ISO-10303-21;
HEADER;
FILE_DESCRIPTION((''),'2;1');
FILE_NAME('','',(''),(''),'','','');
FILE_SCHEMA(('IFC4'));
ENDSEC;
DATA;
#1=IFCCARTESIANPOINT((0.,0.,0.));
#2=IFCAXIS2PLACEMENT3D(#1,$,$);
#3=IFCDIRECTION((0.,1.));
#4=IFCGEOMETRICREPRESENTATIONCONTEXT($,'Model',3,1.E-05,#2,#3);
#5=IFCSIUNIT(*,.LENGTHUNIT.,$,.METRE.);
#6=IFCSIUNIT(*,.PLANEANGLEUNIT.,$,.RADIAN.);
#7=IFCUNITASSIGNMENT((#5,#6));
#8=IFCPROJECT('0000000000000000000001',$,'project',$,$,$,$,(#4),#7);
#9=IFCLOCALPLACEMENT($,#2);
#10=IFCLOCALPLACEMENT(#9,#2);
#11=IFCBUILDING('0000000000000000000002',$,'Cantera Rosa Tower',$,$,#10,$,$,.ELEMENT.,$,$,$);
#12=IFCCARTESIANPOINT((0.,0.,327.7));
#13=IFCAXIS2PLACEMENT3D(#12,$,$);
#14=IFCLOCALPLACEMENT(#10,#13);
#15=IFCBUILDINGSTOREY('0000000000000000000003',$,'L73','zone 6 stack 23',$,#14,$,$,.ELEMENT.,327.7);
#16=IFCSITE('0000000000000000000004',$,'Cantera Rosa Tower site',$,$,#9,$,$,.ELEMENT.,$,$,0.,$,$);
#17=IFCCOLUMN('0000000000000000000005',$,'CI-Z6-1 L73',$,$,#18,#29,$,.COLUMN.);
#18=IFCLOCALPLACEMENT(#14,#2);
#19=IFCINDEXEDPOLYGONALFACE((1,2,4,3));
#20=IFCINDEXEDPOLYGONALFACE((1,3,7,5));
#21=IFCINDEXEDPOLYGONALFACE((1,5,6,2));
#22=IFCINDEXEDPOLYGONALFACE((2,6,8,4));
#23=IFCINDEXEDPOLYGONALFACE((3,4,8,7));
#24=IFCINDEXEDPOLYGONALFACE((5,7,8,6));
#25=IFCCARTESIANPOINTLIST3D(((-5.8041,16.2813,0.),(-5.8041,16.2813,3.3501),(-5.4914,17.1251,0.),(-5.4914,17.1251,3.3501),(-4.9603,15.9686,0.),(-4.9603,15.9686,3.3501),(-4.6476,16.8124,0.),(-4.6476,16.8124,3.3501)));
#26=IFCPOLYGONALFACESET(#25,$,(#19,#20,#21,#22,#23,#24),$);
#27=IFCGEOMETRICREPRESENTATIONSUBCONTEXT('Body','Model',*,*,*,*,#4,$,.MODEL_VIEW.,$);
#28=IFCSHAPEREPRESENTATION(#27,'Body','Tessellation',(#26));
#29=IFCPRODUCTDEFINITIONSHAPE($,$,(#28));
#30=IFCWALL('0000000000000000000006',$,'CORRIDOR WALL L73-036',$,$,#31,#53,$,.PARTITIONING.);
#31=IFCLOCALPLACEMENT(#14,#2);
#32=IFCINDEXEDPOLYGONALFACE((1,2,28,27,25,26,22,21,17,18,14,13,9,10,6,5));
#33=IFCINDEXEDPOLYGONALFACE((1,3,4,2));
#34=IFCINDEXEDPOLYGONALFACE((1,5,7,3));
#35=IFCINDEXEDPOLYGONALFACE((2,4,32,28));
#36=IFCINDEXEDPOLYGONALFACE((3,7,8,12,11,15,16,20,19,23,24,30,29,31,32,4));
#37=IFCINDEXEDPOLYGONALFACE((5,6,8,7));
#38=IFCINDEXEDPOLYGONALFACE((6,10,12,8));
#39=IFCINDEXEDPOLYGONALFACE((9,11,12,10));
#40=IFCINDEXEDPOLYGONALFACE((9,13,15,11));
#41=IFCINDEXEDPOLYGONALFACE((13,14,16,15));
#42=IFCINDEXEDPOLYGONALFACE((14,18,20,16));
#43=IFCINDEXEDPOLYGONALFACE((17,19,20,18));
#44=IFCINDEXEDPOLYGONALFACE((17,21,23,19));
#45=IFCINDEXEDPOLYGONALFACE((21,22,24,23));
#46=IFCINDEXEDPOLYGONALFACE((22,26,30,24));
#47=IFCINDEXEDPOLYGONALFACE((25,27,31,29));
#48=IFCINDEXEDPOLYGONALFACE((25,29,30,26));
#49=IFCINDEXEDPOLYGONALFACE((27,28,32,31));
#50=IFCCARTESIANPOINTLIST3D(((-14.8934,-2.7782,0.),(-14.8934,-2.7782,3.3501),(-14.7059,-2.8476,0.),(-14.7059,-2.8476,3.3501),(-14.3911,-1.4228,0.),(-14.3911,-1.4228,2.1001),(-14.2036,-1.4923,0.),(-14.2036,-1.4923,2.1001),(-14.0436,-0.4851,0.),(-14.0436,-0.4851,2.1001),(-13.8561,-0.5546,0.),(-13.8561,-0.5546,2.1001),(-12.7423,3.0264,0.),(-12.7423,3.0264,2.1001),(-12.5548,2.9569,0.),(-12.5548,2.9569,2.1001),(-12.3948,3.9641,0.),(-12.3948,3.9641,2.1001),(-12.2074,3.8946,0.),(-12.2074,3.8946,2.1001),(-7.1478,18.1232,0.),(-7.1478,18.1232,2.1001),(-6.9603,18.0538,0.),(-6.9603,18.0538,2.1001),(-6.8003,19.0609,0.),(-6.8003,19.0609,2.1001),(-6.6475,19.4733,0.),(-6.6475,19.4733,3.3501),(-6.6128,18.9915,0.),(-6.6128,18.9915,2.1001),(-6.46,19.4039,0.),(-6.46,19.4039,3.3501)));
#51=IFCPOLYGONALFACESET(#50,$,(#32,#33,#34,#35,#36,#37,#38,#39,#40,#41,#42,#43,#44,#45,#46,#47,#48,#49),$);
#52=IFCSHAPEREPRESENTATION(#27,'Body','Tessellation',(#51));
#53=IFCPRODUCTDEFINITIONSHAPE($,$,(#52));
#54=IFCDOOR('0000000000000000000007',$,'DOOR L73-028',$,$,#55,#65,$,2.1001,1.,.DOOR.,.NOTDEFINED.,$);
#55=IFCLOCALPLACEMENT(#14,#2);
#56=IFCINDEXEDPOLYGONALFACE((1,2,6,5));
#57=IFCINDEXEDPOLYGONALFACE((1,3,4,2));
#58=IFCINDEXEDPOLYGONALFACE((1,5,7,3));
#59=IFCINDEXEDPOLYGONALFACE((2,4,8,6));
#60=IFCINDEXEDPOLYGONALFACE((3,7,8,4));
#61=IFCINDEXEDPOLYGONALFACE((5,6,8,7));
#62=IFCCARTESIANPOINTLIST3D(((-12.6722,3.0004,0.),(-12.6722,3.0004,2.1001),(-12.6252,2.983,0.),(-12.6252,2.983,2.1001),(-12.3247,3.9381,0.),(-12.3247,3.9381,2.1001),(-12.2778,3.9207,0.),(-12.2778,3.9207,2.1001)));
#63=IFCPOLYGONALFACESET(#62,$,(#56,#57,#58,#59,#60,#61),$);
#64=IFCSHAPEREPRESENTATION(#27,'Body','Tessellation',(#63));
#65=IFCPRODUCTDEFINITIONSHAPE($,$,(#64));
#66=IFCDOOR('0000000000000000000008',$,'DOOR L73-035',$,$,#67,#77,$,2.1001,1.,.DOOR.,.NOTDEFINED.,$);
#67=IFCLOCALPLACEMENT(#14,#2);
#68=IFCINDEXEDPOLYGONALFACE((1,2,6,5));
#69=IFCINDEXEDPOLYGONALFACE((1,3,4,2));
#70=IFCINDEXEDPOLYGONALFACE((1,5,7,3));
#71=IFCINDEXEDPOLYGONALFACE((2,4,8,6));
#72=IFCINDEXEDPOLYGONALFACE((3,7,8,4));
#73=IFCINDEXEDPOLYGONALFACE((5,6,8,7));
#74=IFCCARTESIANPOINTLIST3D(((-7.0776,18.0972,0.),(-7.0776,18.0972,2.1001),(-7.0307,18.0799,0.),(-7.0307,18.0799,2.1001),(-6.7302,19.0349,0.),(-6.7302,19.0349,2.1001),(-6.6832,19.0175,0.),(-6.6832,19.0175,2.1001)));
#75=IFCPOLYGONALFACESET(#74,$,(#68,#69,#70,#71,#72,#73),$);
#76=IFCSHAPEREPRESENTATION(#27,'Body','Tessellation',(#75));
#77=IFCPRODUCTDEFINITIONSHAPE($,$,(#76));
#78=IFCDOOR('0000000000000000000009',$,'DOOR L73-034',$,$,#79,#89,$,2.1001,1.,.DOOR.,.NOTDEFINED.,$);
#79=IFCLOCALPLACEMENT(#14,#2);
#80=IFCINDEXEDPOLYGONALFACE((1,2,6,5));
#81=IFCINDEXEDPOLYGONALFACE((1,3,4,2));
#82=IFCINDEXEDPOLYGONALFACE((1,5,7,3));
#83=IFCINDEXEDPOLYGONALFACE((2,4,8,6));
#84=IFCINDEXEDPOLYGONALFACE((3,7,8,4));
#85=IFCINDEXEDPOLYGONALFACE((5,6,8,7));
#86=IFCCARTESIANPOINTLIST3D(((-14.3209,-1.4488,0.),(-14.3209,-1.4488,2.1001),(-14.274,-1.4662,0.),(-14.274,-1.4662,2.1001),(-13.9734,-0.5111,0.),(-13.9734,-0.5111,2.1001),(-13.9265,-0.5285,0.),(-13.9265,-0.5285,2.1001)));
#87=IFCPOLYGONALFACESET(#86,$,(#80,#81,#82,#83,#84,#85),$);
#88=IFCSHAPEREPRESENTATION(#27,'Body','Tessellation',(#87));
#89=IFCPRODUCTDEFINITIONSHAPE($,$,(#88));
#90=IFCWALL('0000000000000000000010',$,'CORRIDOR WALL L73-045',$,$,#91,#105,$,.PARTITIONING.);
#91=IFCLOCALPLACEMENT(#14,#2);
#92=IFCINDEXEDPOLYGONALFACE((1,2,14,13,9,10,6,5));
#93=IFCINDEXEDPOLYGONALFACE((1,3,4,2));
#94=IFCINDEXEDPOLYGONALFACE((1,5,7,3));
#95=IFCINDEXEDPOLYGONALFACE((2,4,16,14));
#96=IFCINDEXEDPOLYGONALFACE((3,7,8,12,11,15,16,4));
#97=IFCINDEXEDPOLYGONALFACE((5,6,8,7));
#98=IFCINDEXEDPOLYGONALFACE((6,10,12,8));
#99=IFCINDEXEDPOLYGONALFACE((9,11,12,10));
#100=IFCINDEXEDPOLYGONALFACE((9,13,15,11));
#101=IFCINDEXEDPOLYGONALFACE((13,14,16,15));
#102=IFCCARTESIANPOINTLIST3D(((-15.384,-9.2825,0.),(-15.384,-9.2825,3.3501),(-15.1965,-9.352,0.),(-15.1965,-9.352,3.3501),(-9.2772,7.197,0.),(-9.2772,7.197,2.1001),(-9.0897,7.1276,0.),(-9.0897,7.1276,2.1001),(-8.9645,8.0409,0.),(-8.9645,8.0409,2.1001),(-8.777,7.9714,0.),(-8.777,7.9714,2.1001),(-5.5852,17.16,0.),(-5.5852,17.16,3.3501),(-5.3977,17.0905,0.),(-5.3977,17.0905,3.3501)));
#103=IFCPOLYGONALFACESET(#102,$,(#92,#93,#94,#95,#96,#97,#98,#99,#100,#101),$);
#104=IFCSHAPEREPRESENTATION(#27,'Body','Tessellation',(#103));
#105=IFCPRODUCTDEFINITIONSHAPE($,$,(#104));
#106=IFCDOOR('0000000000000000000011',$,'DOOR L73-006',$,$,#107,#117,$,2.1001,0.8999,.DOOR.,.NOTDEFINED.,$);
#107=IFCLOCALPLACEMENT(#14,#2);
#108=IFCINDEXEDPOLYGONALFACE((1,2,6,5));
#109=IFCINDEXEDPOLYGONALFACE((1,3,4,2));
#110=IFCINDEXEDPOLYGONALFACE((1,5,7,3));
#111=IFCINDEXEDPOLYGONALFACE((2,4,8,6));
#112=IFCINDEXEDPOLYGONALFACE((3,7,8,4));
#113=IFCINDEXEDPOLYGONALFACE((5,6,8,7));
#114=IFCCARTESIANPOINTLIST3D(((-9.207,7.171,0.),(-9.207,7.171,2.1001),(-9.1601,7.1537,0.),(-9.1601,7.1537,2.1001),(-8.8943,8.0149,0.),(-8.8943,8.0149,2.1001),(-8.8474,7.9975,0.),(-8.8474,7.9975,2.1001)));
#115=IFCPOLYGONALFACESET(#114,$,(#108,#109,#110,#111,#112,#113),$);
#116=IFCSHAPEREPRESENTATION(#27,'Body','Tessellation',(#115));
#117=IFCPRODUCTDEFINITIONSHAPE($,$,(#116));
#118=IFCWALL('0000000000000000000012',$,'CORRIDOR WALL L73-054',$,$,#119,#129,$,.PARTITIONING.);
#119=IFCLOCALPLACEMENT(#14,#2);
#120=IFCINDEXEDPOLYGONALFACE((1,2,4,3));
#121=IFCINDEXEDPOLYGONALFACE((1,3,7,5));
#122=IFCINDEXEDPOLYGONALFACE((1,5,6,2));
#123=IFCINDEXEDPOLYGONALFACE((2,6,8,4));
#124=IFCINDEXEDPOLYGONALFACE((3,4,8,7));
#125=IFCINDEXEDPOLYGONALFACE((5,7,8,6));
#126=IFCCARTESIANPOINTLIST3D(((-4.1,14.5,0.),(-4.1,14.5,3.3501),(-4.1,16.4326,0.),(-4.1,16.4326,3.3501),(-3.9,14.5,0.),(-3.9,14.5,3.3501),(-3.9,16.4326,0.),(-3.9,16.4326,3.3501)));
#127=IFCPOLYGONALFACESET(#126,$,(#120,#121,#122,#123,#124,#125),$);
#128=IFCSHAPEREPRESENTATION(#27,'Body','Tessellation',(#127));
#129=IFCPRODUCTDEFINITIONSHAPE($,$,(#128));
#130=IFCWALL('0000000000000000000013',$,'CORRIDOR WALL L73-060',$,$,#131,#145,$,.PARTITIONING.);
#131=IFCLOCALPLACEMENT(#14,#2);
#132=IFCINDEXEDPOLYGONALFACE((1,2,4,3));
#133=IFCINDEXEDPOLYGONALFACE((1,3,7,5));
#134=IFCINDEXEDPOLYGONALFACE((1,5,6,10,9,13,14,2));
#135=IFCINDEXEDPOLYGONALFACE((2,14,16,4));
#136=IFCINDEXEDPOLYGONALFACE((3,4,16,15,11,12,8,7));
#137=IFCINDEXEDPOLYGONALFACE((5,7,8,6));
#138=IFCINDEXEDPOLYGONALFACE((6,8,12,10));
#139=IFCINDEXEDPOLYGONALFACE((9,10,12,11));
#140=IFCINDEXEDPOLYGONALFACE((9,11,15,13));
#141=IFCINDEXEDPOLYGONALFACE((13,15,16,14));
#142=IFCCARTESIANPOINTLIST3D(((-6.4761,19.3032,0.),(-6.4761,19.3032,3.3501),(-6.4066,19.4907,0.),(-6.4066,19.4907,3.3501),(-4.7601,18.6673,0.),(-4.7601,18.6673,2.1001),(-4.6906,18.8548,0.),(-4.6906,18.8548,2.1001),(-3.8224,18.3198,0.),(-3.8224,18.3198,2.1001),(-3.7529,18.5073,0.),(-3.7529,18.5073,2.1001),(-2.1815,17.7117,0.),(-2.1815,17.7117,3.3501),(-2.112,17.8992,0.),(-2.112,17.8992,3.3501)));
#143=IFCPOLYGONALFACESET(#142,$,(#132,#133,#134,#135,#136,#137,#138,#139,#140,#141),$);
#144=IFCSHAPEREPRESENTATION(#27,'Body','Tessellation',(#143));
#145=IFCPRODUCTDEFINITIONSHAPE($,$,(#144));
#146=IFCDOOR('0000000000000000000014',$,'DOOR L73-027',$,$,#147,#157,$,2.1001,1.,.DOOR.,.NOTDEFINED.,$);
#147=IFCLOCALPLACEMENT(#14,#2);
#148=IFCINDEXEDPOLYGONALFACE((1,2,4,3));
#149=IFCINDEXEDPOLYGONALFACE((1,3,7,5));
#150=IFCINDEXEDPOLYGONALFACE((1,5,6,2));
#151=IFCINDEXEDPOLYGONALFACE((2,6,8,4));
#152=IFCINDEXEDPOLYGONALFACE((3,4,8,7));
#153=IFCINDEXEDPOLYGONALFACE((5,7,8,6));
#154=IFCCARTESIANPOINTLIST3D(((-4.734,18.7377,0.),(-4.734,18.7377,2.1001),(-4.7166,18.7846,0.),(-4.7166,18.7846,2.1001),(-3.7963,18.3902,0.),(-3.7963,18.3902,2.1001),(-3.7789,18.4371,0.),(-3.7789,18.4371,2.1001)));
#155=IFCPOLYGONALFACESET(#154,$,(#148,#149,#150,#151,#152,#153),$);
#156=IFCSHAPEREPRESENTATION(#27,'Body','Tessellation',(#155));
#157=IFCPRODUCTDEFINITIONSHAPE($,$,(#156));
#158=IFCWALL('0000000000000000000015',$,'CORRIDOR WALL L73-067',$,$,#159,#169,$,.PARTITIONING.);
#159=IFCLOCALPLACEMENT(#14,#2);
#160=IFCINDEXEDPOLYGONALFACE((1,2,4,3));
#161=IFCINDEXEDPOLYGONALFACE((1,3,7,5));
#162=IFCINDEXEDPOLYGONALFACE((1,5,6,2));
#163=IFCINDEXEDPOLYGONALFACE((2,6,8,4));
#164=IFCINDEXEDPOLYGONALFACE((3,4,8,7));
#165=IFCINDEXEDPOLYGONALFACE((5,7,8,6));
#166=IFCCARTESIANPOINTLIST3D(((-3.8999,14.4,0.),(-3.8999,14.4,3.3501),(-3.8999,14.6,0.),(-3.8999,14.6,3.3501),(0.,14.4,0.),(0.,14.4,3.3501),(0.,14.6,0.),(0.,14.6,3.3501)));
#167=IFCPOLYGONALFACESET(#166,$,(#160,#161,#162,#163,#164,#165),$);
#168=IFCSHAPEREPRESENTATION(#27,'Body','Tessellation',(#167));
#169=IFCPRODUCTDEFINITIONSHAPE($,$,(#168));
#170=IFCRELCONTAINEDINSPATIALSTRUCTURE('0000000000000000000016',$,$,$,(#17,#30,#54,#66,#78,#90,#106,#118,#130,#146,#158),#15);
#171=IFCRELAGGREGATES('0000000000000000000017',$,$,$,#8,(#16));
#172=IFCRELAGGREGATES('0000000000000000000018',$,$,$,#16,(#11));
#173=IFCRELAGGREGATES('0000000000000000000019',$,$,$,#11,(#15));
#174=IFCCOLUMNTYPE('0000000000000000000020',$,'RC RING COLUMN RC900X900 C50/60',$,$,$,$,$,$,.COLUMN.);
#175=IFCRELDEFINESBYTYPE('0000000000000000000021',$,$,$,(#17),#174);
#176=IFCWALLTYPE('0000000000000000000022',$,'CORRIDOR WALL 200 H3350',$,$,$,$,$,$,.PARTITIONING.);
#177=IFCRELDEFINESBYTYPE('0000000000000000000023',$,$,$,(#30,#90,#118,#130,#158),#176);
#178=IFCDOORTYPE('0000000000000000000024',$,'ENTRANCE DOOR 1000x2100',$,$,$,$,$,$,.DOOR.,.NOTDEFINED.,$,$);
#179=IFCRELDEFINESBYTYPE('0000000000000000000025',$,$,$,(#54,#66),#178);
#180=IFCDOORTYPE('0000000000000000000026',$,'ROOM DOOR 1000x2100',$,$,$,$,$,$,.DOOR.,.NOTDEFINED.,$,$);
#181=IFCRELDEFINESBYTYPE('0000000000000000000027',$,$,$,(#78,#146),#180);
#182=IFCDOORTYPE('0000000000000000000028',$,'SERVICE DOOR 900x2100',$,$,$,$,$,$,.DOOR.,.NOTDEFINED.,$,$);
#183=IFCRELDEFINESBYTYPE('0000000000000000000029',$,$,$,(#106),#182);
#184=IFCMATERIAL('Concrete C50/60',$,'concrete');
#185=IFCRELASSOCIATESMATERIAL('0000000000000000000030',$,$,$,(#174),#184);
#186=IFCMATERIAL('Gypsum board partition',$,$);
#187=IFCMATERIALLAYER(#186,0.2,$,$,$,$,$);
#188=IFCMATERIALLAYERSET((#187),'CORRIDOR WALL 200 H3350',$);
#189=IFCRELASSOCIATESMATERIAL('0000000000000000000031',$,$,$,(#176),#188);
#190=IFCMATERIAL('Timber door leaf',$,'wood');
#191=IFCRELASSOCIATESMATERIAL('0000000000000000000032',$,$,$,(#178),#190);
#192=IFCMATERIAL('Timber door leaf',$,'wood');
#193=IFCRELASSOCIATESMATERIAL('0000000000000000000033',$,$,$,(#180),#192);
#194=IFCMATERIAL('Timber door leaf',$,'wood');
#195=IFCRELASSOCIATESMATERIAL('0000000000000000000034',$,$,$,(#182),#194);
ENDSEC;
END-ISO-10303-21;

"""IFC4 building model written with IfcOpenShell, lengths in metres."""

from ifc_helpers import new_model, si_unit, direction, frame, frame_2d, origin, origin_2d, place, context, subcontext, project, spatial, rectangle, extrude, material, layer, layer_set, material_profile, profile_set, type_object, element, fill, save


model = new_model("IFC4")

# Units and contexts
model_context = context("Model", 3, precision=1e-05, world=origin(), true_north=direction((0.0, 1.0)))
body_context = subcontext(model_context, "Body", "Model", "MODEL_VIEW")
ifc_project = project(units=[si_unit("LENGTHUNIT", "METRE"), si_unit("PLANEANGLEUNIT", "RADIAN")], contexts=[model_context])

# Site, building, storey
site_placement = place(None, origin())
site = spatial("IfcSite", under=ifc_project, at=site_placement, Name="Cantera Rosa Tower site", CompositionType="ELEMENT", RefElevation=0.0)
building_placement = place(site_placement, origin())
building = spatial("IfcBuilding", under=site, at=building_placement, Name="Cantera Rosa Tower", CompositionType="ELEMENT")
storey_placement = place(building_placement, frame((0.0, 0.0, 327.7)))
storey = spatial("IfcBuildingStorey", under=building, at=storey_placement, Name="L73", Description="zone 6 stack 23", CompositionType="ELEMENT", Elevation=327.7)

# Column
ifc_material_1 = material(Name="Concrete C50/60", Category="concrete")
ifc_material_profile = material_profile(ifc_material_1, rectangle(XDim=0.8999, YDim=0.8999, at=origin_2d()), Name="RC RING COLUMN RC900X900 C50/60")
ifc_profile_set = profile_set([ifc_material_profile], Name="Concrete C50/60")
column_type = type_object("IfcColumnType", Name="RC RING COLUMN RC900X900 C50/60", PredefinedType="COLUMN", material=ifc_profile_set)
column_placement = place(storey_placement, frame((-5.2258, 16.5469, 0.0), z_axis=(0.0, 0.0, 1.0), x_axis=(0.347481, 0.937687, 0.0)))
element("IfcColumn", 1, at=column_placement, inside=storey, type_object=column_type, Name="CI-Z6-1 L73", PredefinedType="COLUMN", context=body_context, shape_type="SweptSolid", body=[
    extrude(rectangle(XDim=0.8999, YDim=0.8999, at=origin_2d()), origin(), (0.0, 0.0, 1.0), 3.3501),
])

# Wall, openings, doors
ifc_material_2 = material(Name="Gypsum board partition")
ifc_layer_1 = layer(ifc_material_2, 0.2)
ifc_layer_set_1 = layer_set([ifc_layer_1], Name="CORRIDOR WALL 200 H3350")
wall_type_1 = type_object("IfcWallType", Name="CORRIDOR WALL 200 H3350", PredefinedType="PARTITIONING", material=ifc_layer_set_1)
wall_1_placement = place(storey_placement, frame((-6.5537, 19.4387, 0.0), z_axis=(0.0, 0.0, 1.0), x_axis=(-0.347484, -0.937686, 0.0)))
wall_1 = element("IfcWall", 2, at=wall_1_placement, inside=storey, type_object=wall_type_1, Name="CORRIDOR WALL L73-036", PredefinedType="PARTITIONING", context=body_context, shape_type="SweptSolid", body=[
    extrude(rectangle(XDim=23.7302, YDim=0.2, at=frame_2d((11.8652, 0.0))), origin(), (0.0, 0.0, 1.0), 3.3501),
])
opening_1_placement = place(wall_1_placement, frame((16.54, 0.0, 0.0)))
opening_1 = element("IfcOpeningElement", 3, at=opening_1_placement, cuts=wall_1, PredefinedType="OPENING", context=body_context, shape_type="SweptSolid", body=[
    extrude(rectangle(XDim=1.0, YDim=2.1001, at=frame_2d((0.5, 1.05))), frame((0.0, 0.1099, 0.0), z_axis=(0.0, -1.0, 0.0), x_axis=(1.0, 0.0, 0.0)), (0.0, 0.0, 1.0), 0.22),
])
opening_2_placement = place(wall_1_placement, frame((21.2849, 0.0, 0.0)))
opening_2 = element("IfcOpeningElement", 4, at=opening_2_placement, cuts=wall_1, PredefinedType="OPENING", context=body_context, shape_type="SweptSolid", body=[
    extrude(rectangle(XDim=1.0, YDim=2.1001, at=frame_2d((0.5, 1.05))), frame((0.0, 0.1099, 0.0), z_axis=(0.0, -1.0, 0.0), x_axis=(1.0, 0.0, 0.0)), (0.0, 0.0, 1.0), 0.22),
])
opening_3_placement = place(wall_1_placement, frame((0.4399, 0.0, 0.0)))
opening_3 = element("IfcOpeningElement", 5, at=opening_3_placement, cuts=wall_1, PredefinedType="OPENING", context=body_context, shape_type="SweptSolid", body=[
    extrude(rectangle(XDim=1.0, YDim=2.1001, at=frame_2d((0.5, 1.05))), frame((0.0, 0.1099, 0.0), z_axis=(0.0, -1.0, 0.0), x_axis=(1.0, 0.0, 0.0)), (0.0, 0.0, 1.0), 0.22),
])
ifc_material_3 = material(Name="Timber door leaf", Category="wood")
door_type_1 = type_object("IfcDoorType", Name="ENTRANCE DOOR 1000x2100", OperationType="NOTDEFINED", PredefinedType="DOOR", material=ifc_material_3)
door_1_placement = place(opening_1_placement, origin())
door_1 = element("IfcDoor", 6, at=door_1_placement, inside=storey, type_object=door_type_1, Name="DOOR L73-028", OperationType="NOTDEFINED", OverallHeight=2.1001, OverallWidth=1.0, PredefinedType="DOOR", context=body_context, shape_type="SweptSolid", body=[
    extrude(rectangle(XDim=1.0, YDim=2.1001, at=frame_2d((0.5, 1.05))), frame((0.0, 0.0249, 0.0), z_axis=(0.0, -1.0, 0.0), x_axis=(1.0, 0.0, 0.0)), (0.0, 0.0, 1.0), 0.05),
])
fill(opening_1, door_1)
door_2_placement = place(opening_3_placement, origin())
door_2 = element("IfcDoor", 7, at=door_2_placement, inside=storey, type_object=door_type_1, Name="DOOR L73-035", OperationType="NOTDEFINED", OverallHeight=2.1001, OverallWidth=1.0, PredefinedType="DOOR", context=body_context, shape_type="SweptSolid", body=[
    extrude(rectangle(XDim=1.0, YDim=2.1001, at=frame_2d((0.5, 1.05))), frame((0.0, 0.0249, 0.0), z_axis=(0.0, -1.0, 0.0), x_axis=(1.0, 0.0, 0.0)), (0.0, 0.0, 1.0), 0.05),
])
fill(opening_3, door_2)
ifc_material_4 = material(Name="Timber door leaf", Category="wood")
door_type_2 = type_object("IfcDoorType", Name="ROOM DOOR 1000x2100", OperationType="NOTDEFINED", PredefinedType="DOOR", material=ifc_material_4)
door_3_placement = place(opening_2_placement, origin())
door_3 = element("IfcDoor", 8, at=door_3_placement, inside=storey, type_object=door_type_2, Name="DOOR L73-034", OperationType="NOTDEFINED", OverallHeight=2.1001, OverallWidth=1.0, PredefinedType="DOOR", context=body_context, shape_type="SweptSolid", body=[
    extrude(rectangle(XDim=1.0, YDim=2.1001, at=frame_2d((0.5, 1.05))), frame((0.0, 0.0249, 0.0), z_axis=(0.0, -1.0, 0.0), x_axis=(1.0, 0.0, 0.0)), (0.0, 0.0, 1.0), 0.05),
])
fill(opening_2, door_3)

# Wall, opening, door
wall_2_placement = place(storey_placement, frame((-5.4915, 17.1252, 0.0), z_axis=(0.0, 0.0, 1.0), x_axis=(-0.347478, -0.937688, 0.0)))
wall_2 = element("IfcWall", 9, at=wall_2_placement, inside=storey, type_object=wall_type_1, Name="CORRIDOR WALL L73-045", PredefinedType="PARTITIONING", context=body_context, shape_type="SweptSolid", body=[
    extrude(rectangle(XDim=28.1997, YDim=0.2, at=frame_2d((14.0999, 0.0))), origin(), (0.0, 0.0, 1.0), 3.3501),
])
opening_4_placement = place(wall_2_placement, frame((9.7251, 0.0, 0.0)))
opening_4 = element("IfcOpeningElement", 10, at=opening_4_placement, cuts=wall_2, PredefinedType="OPENING", context=body_context, shape_type="SweptSolid", body=[
    extrude(rectangle(XDim=0.8999, YDim=2.1001, at=frame_2d((0.45, 1.05))), frame((0.0, 0.1099, 0.0), z_axis=(0.0, -1.0, 0.0), x_axis=(1.0, 0.0, 0.0)), (0.0, 0.0, 1.0), 0.22),
])
ifc_material_5 = material(Name="Timber door leaf", Category="wood")
door_type_3 = type_object("IfcDoorType", Name="SERVICE DOOR 900x2100", OperationType="NOTDEFINED", PredefinedType="DOOR", material=ifc_material_5)
door_4_placement = place(opening_4_placement, origin())
door_4 = element("IfcDoor", 11, at=door_4_placement, inside=storey, type_object=door_type_3, Name="DOOR L73-006", OperationType="NOTDEFINED", OverallHeight=2.1001, OverallWidth=0.8999, PredefinedType="DOOR", context=body_context, shape_type="SweptSolid", body=[
    extrude(rectangle(XDim=0.8999, YDim=2.1001, at=frame_2d((0.45, 1.05))), frame((0.0, 0.0249, 0.0), z_axis=(0.0, -1.0, 0.0), x_axis=(1.0, 0.0, 0.0)), (0.0, 0.0, 1.0), 0.05),
])
fill(opening_4, door_4)

# Wall
wall_3_placement = place(storey_placement, frame((-4.0, 16.4326, 0.0), z_axis=(0.0, 0.0, 1.0), x_axis=(0.0, -1.0, 0.0)))
element("IfcWall", 12, at=wall_3_placement, inside=storey, type_object=wall_type_1, Name="CORRIDOR WALL L73-054", PredefinedType="PARTITIONING", context=body_context, shape_type="SweptSolid", body=[
    extrude(rectangle(XDim=1.9326, YDim=0.2, at=frame_2d((0.9663, 0.0))), origin(), (0.0, 0.0, 1.0), 3.3501),
])

# Wall, opening, door
wall_4_placement = place(storey_placement, frame((-2.1467, 17.8054, 0.0), z_axis=(0.0, 0.0, 1.0), x_axis=(-0.937683, 0.347493, 0.0)))
wall_4 = element("IfcWall", 13, at=wall_4_placement, inside=storey, type_object=wall_type_1, Name="CORRIDOR WALL L73-060", PredefinedType="PARTITIONING", context=body_context, shape_type="SweptSolid", body=[
    extrude(rectangle(XDim=4.5801, YDim=0.2, at=frame_2d((2.29, 0.0))), origin(), (0.0, 0.0, 1.0), 3.3501),
])
opening_5_placement = place(wall_4_placement, frame((1.75, 0.0, 0.0)))
opening_5 = element("IfcOpeningElement", 14, at=opening_5_placement, cuts=wall_4, PredefinedType="OPENING", context=body_context, shape_type="SweptSolid", body=[
    extrude(rectangle(XDim=1.0, YDim=2.1001, at=frame_2d((0.5, 1.05))), frame((0.0, 0.1099, 0.0), z_axis=(0.0, -1.0, 0.0), x_axis=(1.0, 0.0, 0.0)), (0.0, 0.0, 1.0), 0.22),
])
door_5_placement = place(opening_5_placement, origin())
door_5 = element("IfcDoor", 15, at=door_5_placement, inside=storey, type_object=door_type_2, Name="DOOR L73-027", OperationType="NOTDEFINED", OverallHeight=2.1001, OverallWidth=1.0, PredefinedType="DOOR", context=body_context, shape_type="SweptSolid", body=[
    extrude(rectangle(XDim=1.0, YDim=2.1001, at=frame_2d((0.5, 1.05))), frame((0.0, 0.0249, 0.0), z_axis=(0.0, -1.0, 0.0), x_axis=(1.0, 0.0, 0.0)), (0.0, 0.0, 1.0), 0.05),
])
fill(opening_5, door_5)

# Wall
wall_5_placement = place(storey_placement, frame((0.0, 14.5, 0.0), z_axis=(0.0, 0.0, 1.0), x_axis=(-1.0, 0.0, 0.0)))
element("IfcWall", 16, at=wall_5_placement, inside=storey, type_object=wall_type_1, Name="CORRIDOR WALL L73-067", PredefinedType="PARTITIONING", context=body_context, shape_type="SweptSolid", body=[
    extrude(rectangle(XDim=3.8999, YDim=0.2, at=frame_2d((1.95, 0.0))), origin(), (0.0, 0.0, 1.0), 3.3501),
])

save(model, "model.ifc")
